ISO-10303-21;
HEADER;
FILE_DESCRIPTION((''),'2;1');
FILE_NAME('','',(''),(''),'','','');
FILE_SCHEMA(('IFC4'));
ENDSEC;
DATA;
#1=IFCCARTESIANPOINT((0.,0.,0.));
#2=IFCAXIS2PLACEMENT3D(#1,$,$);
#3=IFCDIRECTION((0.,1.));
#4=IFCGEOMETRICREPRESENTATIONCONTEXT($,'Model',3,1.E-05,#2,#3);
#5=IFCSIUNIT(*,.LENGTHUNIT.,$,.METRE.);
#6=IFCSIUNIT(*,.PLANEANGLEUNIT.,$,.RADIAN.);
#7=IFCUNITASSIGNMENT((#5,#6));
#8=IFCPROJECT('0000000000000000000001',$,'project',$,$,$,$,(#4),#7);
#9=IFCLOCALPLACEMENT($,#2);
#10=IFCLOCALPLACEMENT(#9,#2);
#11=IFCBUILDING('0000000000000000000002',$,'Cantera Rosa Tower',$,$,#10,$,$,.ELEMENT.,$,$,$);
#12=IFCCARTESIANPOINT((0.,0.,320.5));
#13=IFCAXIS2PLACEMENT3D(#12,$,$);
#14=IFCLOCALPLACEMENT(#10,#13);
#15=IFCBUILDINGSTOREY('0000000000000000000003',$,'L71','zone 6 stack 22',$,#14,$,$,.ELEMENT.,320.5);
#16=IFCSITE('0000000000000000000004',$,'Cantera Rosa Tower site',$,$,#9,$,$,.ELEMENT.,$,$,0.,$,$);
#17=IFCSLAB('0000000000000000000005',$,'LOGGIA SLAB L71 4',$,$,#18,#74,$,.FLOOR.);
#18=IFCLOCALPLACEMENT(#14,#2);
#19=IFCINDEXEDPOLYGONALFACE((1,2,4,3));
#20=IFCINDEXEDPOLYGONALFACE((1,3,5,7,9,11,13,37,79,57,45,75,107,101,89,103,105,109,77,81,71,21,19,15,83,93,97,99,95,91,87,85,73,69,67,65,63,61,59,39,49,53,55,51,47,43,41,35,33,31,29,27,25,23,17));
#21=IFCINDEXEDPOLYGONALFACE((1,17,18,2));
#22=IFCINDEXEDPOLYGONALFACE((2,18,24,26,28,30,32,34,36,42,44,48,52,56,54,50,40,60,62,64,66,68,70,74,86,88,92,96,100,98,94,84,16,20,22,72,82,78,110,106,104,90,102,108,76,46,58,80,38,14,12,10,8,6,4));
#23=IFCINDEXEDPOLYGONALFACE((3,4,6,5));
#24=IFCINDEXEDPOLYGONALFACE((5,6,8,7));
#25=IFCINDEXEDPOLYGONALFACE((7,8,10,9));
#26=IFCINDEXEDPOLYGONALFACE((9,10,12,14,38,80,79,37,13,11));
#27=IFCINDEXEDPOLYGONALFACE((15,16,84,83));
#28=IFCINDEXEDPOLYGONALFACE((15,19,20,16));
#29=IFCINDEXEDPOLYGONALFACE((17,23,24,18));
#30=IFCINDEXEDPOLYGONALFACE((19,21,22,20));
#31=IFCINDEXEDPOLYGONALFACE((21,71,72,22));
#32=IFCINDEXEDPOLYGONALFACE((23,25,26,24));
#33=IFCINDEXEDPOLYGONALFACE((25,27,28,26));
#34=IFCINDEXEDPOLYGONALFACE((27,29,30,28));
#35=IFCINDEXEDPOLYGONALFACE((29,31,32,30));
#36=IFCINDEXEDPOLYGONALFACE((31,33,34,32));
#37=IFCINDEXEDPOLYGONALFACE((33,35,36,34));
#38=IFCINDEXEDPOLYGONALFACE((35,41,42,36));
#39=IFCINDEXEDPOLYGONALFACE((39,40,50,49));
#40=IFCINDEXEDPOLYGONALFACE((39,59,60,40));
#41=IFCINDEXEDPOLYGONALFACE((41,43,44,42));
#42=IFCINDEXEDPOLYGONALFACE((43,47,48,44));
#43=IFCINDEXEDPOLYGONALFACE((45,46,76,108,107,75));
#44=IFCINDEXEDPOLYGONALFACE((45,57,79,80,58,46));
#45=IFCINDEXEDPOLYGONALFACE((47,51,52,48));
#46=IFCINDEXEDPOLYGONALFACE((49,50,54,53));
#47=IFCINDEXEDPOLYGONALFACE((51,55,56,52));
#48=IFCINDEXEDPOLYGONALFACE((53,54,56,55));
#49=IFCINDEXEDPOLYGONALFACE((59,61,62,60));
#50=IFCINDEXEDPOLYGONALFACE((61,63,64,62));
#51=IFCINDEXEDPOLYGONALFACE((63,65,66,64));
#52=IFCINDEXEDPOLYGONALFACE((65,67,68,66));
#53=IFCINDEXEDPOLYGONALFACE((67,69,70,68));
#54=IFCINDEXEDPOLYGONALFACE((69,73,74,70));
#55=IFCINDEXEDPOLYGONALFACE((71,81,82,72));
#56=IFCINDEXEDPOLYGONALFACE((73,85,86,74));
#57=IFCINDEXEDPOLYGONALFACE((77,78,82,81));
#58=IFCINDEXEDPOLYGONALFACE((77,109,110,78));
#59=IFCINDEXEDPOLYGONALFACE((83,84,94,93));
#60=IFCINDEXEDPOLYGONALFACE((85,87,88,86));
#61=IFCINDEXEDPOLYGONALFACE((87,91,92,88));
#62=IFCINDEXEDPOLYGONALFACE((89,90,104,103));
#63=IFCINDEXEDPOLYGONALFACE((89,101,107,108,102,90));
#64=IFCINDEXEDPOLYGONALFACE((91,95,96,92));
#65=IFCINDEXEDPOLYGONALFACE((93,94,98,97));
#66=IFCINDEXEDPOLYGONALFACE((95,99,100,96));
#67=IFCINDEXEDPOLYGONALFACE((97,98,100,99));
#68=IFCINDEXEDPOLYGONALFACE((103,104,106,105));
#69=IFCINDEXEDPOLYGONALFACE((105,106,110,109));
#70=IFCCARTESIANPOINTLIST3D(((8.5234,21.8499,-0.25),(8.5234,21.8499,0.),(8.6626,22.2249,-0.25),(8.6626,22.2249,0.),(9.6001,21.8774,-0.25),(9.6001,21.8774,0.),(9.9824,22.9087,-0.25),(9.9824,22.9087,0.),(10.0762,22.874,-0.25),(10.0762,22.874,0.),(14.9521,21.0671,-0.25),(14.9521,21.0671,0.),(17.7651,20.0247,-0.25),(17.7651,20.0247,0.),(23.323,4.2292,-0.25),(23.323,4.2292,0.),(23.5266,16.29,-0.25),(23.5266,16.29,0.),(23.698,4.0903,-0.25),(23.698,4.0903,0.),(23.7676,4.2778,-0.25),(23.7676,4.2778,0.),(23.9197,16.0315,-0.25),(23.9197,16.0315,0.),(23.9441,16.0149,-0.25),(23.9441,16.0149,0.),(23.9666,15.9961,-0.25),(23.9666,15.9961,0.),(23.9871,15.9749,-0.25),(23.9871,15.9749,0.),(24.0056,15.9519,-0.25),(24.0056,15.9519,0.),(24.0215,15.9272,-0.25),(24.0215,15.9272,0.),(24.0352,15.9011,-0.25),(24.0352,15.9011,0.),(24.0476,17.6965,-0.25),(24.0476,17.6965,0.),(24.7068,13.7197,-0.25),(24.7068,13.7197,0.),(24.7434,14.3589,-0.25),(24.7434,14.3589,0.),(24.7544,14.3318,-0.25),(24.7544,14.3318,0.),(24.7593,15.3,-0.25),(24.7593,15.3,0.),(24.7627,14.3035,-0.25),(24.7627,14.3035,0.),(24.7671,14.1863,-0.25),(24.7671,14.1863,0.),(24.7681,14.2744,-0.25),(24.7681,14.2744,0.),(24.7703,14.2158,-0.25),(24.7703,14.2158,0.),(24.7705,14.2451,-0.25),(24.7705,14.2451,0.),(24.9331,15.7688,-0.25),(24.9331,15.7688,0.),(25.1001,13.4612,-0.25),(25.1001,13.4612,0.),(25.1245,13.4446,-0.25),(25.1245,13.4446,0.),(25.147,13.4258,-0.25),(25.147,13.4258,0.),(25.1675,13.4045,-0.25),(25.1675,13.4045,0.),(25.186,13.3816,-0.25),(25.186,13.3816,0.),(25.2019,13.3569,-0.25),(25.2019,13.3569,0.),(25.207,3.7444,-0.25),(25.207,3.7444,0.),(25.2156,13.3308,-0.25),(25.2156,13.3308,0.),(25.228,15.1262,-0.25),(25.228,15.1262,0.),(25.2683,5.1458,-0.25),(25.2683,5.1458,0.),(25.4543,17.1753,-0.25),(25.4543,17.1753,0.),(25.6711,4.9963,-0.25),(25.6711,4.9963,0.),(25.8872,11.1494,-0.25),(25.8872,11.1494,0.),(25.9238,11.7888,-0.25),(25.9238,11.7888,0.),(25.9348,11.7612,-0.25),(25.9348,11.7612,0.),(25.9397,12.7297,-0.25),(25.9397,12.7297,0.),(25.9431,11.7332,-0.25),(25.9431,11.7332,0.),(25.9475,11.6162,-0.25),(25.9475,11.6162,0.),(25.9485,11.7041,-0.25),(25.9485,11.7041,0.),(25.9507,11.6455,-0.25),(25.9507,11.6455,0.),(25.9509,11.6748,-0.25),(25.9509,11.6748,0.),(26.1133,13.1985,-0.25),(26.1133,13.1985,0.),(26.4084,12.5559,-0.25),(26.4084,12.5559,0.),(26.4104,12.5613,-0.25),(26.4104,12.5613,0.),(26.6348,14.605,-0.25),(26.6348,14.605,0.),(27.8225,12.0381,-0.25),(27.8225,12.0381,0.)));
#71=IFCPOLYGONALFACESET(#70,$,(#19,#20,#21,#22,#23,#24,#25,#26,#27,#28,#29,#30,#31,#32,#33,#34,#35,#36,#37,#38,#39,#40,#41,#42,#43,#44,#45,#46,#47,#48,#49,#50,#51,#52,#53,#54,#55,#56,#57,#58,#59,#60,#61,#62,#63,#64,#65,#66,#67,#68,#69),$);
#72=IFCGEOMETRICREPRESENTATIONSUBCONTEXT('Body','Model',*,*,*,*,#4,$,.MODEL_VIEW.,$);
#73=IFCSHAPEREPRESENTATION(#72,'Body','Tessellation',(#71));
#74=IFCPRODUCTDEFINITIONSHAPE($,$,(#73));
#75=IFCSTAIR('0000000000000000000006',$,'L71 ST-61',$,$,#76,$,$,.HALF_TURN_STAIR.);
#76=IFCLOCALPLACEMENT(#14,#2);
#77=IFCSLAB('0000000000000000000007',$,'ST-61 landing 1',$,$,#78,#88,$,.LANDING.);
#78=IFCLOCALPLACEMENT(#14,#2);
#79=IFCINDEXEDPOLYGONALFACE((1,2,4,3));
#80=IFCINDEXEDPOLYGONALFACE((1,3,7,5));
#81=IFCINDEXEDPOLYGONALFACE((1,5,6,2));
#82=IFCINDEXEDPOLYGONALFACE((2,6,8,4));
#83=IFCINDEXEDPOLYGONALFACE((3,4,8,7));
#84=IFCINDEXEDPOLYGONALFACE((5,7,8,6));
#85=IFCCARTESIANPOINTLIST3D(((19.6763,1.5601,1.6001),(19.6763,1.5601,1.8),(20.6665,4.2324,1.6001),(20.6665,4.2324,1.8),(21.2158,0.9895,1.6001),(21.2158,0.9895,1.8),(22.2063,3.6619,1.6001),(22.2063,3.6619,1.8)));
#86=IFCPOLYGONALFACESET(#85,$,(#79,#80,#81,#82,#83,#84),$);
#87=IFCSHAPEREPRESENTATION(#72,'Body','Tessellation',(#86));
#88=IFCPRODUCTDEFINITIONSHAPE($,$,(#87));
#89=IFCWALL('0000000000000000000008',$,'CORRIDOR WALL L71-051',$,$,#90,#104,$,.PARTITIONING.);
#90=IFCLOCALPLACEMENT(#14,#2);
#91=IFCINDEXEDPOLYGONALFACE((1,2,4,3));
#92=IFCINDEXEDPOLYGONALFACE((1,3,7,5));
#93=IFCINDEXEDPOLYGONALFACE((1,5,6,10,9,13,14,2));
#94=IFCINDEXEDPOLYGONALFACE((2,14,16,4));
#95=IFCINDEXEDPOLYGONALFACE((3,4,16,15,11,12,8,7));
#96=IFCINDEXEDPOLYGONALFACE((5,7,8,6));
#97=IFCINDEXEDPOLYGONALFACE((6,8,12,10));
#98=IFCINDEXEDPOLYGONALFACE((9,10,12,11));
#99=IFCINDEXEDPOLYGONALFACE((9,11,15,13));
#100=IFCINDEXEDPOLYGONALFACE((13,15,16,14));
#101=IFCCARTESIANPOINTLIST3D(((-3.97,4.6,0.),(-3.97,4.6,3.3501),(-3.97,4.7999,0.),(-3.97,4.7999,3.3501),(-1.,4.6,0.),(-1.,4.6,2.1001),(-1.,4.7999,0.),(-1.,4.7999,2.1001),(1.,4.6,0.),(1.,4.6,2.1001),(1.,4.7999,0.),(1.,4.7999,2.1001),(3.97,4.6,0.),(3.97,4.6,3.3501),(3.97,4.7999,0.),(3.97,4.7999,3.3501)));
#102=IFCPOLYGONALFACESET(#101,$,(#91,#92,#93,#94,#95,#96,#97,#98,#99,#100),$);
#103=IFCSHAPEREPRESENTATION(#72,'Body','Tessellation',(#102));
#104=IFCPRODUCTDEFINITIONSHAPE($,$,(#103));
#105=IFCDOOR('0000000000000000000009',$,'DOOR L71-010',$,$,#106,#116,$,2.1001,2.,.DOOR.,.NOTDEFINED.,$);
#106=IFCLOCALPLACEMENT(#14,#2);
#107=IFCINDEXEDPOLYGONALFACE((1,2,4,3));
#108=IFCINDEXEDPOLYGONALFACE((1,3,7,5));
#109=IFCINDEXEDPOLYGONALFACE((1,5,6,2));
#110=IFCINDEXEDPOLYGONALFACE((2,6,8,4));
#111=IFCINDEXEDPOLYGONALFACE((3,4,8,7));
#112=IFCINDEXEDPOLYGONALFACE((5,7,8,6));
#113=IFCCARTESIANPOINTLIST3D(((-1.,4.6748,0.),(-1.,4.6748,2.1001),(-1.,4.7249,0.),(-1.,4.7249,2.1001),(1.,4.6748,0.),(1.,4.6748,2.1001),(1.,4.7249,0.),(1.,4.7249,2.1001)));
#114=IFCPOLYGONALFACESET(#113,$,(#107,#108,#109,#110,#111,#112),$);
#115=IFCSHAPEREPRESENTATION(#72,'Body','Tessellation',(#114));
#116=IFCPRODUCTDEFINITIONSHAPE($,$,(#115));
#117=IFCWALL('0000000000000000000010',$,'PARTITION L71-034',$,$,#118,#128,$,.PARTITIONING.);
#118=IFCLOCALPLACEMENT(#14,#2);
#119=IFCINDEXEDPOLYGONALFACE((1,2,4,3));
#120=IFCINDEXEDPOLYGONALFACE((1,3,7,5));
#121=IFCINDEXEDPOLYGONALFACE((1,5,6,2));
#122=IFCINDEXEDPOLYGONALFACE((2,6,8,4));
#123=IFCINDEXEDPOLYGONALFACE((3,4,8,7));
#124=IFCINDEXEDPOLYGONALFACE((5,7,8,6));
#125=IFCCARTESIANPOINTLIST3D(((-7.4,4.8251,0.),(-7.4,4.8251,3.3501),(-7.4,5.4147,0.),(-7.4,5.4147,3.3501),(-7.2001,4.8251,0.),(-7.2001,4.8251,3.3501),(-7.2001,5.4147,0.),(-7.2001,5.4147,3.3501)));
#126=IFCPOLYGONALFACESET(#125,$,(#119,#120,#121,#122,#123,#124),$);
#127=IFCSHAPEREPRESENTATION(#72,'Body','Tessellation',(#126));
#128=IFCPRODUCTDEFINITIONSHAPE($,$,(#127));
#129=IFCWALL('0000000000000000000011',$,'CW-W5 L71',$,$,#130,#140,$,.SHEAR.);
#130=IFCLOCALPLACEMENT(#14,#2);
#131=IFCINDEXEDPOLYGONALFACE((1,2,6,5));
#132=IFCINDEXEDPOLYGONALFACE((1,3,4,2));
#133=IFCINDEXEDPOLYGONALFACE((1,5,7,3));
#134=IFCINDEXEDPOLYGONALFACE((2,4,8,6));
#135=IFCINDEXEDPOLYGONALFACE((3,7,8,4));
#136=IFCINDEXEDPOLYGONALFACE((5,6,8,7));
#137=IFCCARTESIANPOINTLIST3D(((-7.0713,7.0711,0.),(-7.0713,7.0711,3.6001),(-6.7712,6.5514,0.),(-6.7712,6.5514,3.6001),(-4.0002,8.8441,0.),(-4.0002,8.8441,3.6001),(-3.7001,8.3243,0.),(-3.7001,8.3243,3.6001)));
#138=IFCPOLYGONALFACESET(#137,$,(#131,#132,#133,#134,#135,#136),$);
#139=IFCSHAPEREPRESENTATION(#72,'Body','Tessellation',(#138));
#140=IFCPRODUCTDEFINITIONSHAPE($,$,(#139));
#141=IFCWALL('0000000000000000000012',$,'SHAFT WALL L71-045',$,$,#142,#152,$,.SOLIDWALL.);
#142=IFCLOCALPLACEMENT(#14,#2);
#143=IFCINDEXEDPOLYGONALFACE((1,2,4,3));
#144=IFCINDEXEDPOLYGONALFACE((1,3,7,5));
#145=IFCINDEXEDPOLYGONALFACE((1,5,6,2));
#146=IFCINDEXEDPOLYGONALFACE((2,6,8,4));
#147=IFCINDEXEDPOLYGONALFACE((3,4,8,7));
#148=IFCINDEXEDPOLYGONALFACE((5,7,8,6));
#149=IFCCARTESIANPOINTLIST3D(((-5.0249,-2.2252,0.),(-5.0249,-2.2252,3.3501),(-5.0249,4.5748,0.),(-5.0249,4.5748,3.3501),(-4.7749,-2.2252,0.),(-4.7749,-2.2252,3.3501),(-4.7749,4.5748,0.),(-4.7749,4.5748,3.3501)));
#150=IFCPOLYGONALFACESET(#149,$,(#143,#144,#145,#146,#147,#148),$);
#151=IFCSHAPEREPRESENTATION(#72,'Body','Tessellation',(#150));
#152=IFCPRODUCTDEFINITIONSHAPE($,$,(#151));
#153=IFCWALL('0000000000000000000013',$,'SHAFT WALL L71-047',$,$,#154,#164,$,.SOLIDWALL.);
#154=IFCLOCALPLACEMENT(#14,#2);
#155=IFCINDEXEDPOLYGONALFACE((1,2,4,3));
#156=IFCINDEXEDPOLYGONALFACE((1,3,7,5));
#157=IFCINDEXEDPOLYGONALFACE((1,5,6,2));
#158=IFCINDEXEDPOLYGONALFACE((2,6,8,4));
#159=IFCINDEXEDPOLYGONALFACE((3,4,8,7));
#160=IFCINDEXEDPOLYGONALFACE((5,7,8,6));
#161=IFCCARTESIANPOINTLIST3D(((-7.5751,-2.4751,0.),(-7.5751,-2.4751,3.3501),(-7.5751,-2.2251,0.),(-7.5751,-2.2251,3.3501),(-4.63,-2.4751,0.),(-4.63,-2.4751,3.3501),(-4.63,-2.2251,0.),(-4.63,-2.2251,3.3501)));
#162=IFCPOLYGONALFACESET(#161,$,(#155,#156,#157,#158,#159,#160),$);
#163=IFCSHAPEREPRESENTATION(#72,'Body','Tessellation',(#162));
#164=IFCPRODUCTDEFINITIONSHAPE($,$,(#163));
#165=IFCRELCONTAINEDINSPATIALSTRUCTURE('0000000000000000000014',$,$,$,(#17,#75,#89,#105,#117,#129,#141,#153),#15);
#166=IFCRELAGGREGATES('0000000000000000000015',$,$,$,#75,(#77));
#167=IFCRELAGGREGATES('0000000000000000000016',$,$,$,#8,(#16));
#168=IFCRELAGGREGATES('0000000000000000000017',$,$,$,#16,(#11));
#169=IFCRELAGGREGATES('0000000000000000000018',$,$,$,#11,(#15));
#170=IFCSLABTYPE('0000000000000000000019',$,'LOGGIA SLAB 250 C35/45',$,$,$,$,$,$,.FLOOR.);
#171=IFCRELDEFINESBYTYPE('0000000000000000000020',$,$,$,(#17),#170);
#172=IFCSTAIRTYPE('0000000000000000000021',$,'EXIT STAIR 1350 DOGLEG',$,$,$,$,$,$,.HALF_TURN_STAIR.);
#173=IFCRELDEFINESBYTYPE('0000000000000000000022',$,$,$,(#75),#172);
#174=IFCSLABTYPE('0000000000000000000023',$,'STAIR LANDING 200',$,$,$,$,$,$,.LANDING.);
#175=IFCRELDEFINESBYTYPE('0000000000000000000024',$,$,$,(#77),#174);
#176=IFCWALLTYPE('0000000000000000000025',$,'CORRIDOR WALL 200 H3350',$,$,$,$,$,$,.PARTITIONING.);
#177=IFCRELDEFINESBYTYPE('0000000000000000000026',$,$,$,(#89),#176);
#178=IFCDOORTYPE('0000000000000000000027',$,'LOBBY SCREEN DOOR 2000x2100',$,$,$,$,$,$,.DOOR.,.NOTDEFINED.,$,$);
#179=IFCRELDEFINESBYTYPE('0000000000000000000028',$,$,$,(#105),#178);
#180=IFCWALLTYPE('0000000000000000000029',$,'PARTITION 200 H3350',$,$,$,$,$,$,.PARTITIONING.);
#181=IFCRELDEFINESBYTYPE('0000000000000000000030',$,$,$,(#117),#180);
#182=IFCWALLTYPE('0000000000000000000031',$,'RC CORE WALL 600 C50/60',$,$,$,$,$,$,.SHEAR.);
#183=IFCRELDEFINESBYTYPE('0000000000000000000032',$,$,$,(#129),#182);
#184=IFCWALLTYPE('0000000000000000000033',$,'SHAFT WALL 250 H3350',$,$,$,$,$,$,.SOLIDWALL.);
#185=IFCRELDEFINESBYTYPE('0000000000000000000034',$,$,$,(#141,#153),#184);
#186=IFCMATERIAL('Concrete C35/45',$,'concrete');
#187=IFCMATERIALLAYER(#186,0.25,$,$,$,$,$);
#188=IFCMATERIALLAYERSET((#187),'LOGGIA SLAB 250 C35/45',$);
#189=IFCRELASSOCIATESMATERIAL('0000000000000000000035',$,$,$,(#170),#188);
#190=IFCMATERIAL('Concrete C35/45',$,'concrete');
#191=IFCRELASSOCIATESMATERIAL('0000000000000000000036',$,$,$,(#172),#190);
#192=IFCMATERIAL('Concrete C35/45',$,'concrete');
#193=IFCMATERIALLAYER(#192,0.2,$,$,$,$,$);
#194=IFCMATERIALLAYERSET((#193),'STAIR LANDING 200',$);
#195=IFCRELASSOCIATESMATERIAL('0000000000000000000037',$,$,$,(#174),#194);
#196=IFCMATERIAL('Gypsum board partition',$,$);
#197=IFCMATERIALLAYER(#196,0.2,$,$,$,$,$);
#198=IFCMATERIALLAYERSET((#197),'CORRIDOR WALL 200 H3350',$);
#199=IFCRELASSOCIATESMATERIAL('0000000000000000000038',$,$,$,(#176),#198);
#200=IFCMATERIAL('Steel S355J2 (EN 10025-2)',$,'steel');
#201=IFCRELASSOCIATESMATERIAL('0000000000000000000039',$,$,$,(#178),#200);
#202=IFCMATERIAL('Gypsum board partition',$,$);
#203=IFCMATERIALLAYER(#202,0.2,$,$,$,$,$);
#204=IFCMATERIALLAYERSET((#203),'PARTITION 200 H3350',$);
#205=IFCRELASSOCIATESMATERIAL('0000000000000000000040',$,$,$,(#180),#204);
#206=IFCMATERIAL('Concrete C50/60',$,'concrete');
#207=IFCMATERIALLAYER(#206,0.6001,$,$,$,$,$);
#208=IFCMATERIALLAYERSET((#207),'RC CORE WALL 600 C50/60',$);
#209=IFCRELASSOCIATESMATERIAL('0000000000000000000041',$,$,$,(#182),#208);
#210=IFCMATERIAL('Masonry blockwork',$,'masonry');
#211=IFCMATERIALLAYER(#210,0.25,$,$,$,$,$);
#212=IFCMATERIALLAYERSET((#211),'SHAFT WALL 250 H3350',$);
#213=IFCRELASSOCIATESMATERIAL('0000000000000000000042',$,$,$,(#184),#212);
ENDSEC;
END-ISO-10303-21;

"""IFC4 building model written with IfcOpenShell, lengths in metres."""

from ifc_helpers import new_model, si_unit, direction, frame, frame_2d, origin, place, context, subcontext, project, spatial, polyline, rectangle, outline, extrude, material, layer, layer_set, type_object, element, fill, aggregate, save


model = new_model("IFC4")

# Units and contexts
model_context = context("Model", 3, precision=1e-05, world=origin(), true_north=direction((0.0, 1.0)))
body_context = subcontext(model_context, "Body", "Model", "MODEL_VIEW")
ifc_project = project(units=[si_unit("LENGTHUNIT", "METRE"), si_unit("PLANEANGLEUNIT", "RADIAN")], contexts=[model_context])

# Site, building, storey
site_placement = place(None, origin())
site = spatial("IfcSite", under=ifc_project, at=site_placement, Name="Cantera Rosa Tower site", CompositionType="ELEMENT", RefElevation=0.0)
building_placement = place(site_placement, origin())
building = spatial("IfcBuilding", under=site, at=building_placement, Name="Cantera Rosa Tower", CompositionType="ELEMENT")
storey_placement = place(building_placement, frame((0.0, 0.0, 320.5)))
storey = spatial("IfcBuildingStorey", under=building, at=storey_placement, Name="L71", Description="zone 6 stack 22", CompositionType="ELEMENT", Elevation=320.5)

# Slab
ifc_material_1 = material(Name="Concrete C35/45", Category="concrete")
ifc_layer_1 = layer(ifc_material_1, 0.25)
ifc_layer_set_1 = layer_set([ifc_layer_1], Name="LOGGIA SLAB 250 C35/45")
slab_type_1 = type_object("IfcSlabType", Name="LOGGIA SLAB 250 C35/45", PredefinedType="FLOOR", material=ifc_layer_set_1)
slab_1_placement = place(storey_placement, frame((0.0, 0.0, -0.25)))
element("IfcSlab", 1, at=slab_1_placement, inside=storey, type_object=slab_type_1, Name="LOGGIA SLAB L71 4", PredefinedType="FLOOR", context=body_context, shape_type="SweptSolid", body=[
    extrude(outline(polyline([(17.7651, 20.0247), (24.0476, 17.6965), (25.4543, 17.1753), (24.9331, 15.7688), (24.7593, 15.3), (25.228, 15.1262), (26.6348, 14.605), (26.1133, 13.1985), (25.9397, 12.7297), (26.4084, 12.5559), (26.4104, 12.5613), (27.8225, 12.0381), (25.2683, 5.1458), (25.6711, 4.9963), (25.207, 3.7444), (23.7676, 4.2778), (23.698, 4.0903), (23.323, 4.2292), (25.8872, 11.1494), (25.9475, 11.6162), (25.9507, 11.6455), (25.9509, 11.6748), (25.9485, 11.7041), (25.9431, 11.7332), (25.9348, 11.7612), (25.9238, 11.7888), (25.2156, 13.3308), (25.2019, 13.3569), (25.186, 13.3816), (25.1675, 13.4045), (25.147, 13.4258), (25.1245, 13.4446), (25.1001, 13.4612), (24.7068, 13.7197), (24.7671, 14.1863), (24.7703, 14.2158), (24.7705, 14.2451), (24.7681, 14.2744), (24.7627, 14.3035), (24.7544, 14.3318), (24.7434, 14.3589), (24.0352, 15.9011), (24.0215, 15.9272), (24.0056, 15.9519), (23.9871, 15.9749), (23.9666, 15.9961), (23.9441, 16.0149), (23.9197, 16.0315), (23.5266, 16.29), (8.5234, 21.8499), (8.6626, 22.2249), (9.6001, 21.8774), (9.9824, 22.9087), (10.0762, 22.874), (14.9521, 21.0671), (17.7651, 20.0247)])), origin(), (0.0, 0.0, 1.0), 0.25),
])

# Stair, slab
ifc_material_2 = material(Name="Concrete C35/45", Category="concrete")
stair_type = type_object("IfcStairType", Name="EXIT STAIR 1350 DOGLEG", PredefinedType="HALF_TURN_STAIR", material=ifc_material_2)
stair_placement = place(storey_placement, origin())
stair = element("IfcStair", 2, at=stair_placement, inside=storey, type_object=stair_type, Name="L71 ST-61", PredefinedType="HALF_TURN_STAIR")
ifc_material_3 = material(Name="Concrete C35/45", Category="concrete")
ifc_layer_2 = layer(ifc_material_3, 0.2)
ifc_layer_set_2 = layer_set([ifc_layer_2], Name="STAIR LANDING 200")
slab_type_2 = type_object("IfcSlabType", Name="STAIR LANDING 200", PredefinedType="LANDING", material=ifc_layer_set_2)
slab_2_placement = place(storey_placement, frame((0.0, 0.0, 1.6001)))
slab_2 = element("IfcSlab", 3, at=slab_2_placement, type_object=slab_type_2, Name="ST-61 landing 1", PredefinedType="LANDING", context=body_context, shape_type="SweptSolid", body=[
    extrude(outline(polyline([(19.6763, 1.5601), (21.2158, 0.9895), (22.2063, 3.6619), (20.6665, 4.2324), (19.6763, 1.5601)])), origin(), (0.0, 0.0, 1.0), 0.2),
])
aggregate(stair, [slab_2])

# Wall, opening, door
ifc_material_4 = material(Name="Gypsum board partition")
ifc_layer_3 = layer(ifc_material_4, 0.2)
ifc_layer_set_3 = layer_set([ifc_layer_3], Name="CORRIDOR WALL 200 H3350")
wall_type_1 = type_object("IfcWallType", Name="CORRIDOR WALL 200 H3350", PredefinedType="PARTITIONING", material=ifc_layer_set_3)
wall_1_placement = place(storey_placement, frame((-3.97, 4.7, 0.0), z_axis=(0.0, 0.0, 1.0), x_axis=(1.0, 0.0, 0.0)))
wall_1 = element("IfcWall", 4, at=wall_1_placement, inside=storey, type_object=wall_type_1, Name="CORRIDOR WALL L71-051", PredefinedType="PARTITIONING", context=body_context, shape_type="SweptSolid", body=[
    extrude(rectangle(XDim=7.9399, YDim=0.2, at=frame_2d((3.97, 0.0))), origin(), (0.0, 0.0, 1.0), 3.3501),
])
opening_placement = place(wall_1_placement, frame((2.97, 0.0, 0.0)))
opening = element("IfcOpeningElement", 5, at=opening_placement, cuts=wall_1, PredefinedType="OPENING", context=body_context, shape_type="SweptSolid", body=[
    extrude(rectangle(XDim=2.0, YDim=2.1001, at=frame_2d((1.0, 1.05))), frame((0.0, 0.1099, 0.0), z_axis=(0.0, -1.0, 0.0), x_axis=(1.0, 0.0, 0.0)), (0.0, 0.0, 1.0), 0.22),
])
ifc_material_5 = material(Name="Steel S355J2 (EN 10025-2)", Category="steel")
door_type = type_object("IfcDoorType", Name="LOBBY SCREEN DOOR 2000x2100", OperationType="NOTDEFINED", PredefinedType="DOOR", material=ifc_material_5)
door_placement = place(opening_placement, origin())
door = element("IfcDoor", 6, at=door_placement, inside=storey, type_object=door_type, Name="DOOR L71-010", OperationType="NOTDEFINED", OverallHeight=2.1001, OverallWidth=2.0, PredefinedType="DOOR", context=body_context, shape_type="SweptSolid", body=[
    extrude(rectangle(XDim=2.0, YDim=2.1001, at=frame_2d((1.0, 1.05))), frame((0.0, 0.0249, 0.0), z_axis=(0.0, -1.0, 0.0), x_axis=(1.0, 0.0, 0.0)), (0.0, 0.0, 1.0), 0.05),
])
fill(opening, door)

# Walls
ifc_material_6 = material(Name="Gypsum board partition")
ifc_layer_4 = layer(ifc_material_6, 0.2)
ifc_layer_set_4 = layer_set([ifc_layer_4], Name="PARTITION 200 H3350")
wall_type_2 = type_object("IfcWallType", Name="PARTITION 200 H3350", PredefinedType="PARTITIONING", material=ifc_layer_set_4)
wall_2_placement = place(storey_placement, frame((-7.3, 4.825, 0.0), z_axis=(0.0, 0.0, 1.0), x_axis=(0.0, 1.0, 0.0)))
element("IfcWall", 7, at=wall_2_placement, inside=storey, type_object=wall_type_2, Name="PARTITION L71-034", PredefinedType="PARTITIONING", context=body_context, shape_type="SweptSolid", body=[
    extrude(rectangle(XDim=0.5896, YDim=0.2, at=frame_2d((0.2949, 0.0))), origin(), (0.0, 0.0, 1.0), 3.3501),
])
ifc_material_7 = material(Name="Concrete C50/60", Category="concrete")
ifc_layer_5 = layer(ifc_material_7, 0.6001)
ifc_layer_set_5 = layer_set([ifc_layer_5], Name="RC CORE WALL 600 C50/60")
wall_type_3 = type_object("IfcWallType", Name="RC CORE WALL 600 C50/60", PredefinedType="SHEAR", material=ifc_layer_set_5)
wall_3_placement = place(storey_placement, frame((-6.9211, 6.8113, 0.0), z_axis=(0.0, 0.0, 1.0), x_axis=(0.86604, 0.499975, 0.0)))
element("IfcWall", 8, at=wall_3_placement, inside=storey, type_object=wall_type_3, Name="CW-W5 L71", PredefinedType="SHEAR", context=body_context, shape_type="SweptSolid", body=[
    extrude(rectangle(XDim=3.5461, YDim=0.6001, at=frame_2d((1.7729, 0.0))), origin(), (0.0, 0.0, 1.0), 3.6001),
])
ifc_material_8 = material(Name="Masonry blockwork", Category="masonry")
ifc_layer_6 = layer(ifc_material_8, 0.25)
ifc_layer_set_6 = layer_set([ifc_layer_6], Name="SHAFT WALL 250 H3350")
wall_type_4 = type_object("IfcWallType", Name="SHAFT WALL 250 H3350", PredefinedType="SOLIDWALL", material=ifc_layer_set_6)
wall_4_placement = place(storey_placement, frame((-4.8999, -2.2251, 0.0), z_axis=(0.0, 0.0, 1.0), x_axis=(0.0, 1.0, 0.0)))
element("IfcWall", 9, at=wall_4_placement, inside=storey, type_object=wall_type_4, Name="SHAFT WALL L71-045", PredefinedType="SOLIDWALL", context=body_context, shape_type="SweptSolid", body=[
    extrude(rectangle(XDim=6.8, YDim=0.25, at=frame_2d((3.3999, 0.0))), origin(), (0.0, 0.0, 1.0), 3.3501),
])
wall_5_placement = place(storey_placement, frame((-4.6299, -2.3501, 0.0), z_axis=(0.0, 0.0, 1.0), x_axis=(-1.0, 0.0, 0.0)))
element("IfcWall", 10, at=wall_5_placement, inside=storey, type_object=wall_type_4, Name="SHAFT WALL L71-047", PredefinedType="SOLIDWALL", context=body_context, shape_type="SweptSolid", body=[
    extrude(rectangle(XDim=2.9451, YDim=0.25, at=frame_2d((1.4727, 0.0))), origin(), (0.0, 0.0, 1.0), 3.3501),
])

save(model, "model.ifc")
